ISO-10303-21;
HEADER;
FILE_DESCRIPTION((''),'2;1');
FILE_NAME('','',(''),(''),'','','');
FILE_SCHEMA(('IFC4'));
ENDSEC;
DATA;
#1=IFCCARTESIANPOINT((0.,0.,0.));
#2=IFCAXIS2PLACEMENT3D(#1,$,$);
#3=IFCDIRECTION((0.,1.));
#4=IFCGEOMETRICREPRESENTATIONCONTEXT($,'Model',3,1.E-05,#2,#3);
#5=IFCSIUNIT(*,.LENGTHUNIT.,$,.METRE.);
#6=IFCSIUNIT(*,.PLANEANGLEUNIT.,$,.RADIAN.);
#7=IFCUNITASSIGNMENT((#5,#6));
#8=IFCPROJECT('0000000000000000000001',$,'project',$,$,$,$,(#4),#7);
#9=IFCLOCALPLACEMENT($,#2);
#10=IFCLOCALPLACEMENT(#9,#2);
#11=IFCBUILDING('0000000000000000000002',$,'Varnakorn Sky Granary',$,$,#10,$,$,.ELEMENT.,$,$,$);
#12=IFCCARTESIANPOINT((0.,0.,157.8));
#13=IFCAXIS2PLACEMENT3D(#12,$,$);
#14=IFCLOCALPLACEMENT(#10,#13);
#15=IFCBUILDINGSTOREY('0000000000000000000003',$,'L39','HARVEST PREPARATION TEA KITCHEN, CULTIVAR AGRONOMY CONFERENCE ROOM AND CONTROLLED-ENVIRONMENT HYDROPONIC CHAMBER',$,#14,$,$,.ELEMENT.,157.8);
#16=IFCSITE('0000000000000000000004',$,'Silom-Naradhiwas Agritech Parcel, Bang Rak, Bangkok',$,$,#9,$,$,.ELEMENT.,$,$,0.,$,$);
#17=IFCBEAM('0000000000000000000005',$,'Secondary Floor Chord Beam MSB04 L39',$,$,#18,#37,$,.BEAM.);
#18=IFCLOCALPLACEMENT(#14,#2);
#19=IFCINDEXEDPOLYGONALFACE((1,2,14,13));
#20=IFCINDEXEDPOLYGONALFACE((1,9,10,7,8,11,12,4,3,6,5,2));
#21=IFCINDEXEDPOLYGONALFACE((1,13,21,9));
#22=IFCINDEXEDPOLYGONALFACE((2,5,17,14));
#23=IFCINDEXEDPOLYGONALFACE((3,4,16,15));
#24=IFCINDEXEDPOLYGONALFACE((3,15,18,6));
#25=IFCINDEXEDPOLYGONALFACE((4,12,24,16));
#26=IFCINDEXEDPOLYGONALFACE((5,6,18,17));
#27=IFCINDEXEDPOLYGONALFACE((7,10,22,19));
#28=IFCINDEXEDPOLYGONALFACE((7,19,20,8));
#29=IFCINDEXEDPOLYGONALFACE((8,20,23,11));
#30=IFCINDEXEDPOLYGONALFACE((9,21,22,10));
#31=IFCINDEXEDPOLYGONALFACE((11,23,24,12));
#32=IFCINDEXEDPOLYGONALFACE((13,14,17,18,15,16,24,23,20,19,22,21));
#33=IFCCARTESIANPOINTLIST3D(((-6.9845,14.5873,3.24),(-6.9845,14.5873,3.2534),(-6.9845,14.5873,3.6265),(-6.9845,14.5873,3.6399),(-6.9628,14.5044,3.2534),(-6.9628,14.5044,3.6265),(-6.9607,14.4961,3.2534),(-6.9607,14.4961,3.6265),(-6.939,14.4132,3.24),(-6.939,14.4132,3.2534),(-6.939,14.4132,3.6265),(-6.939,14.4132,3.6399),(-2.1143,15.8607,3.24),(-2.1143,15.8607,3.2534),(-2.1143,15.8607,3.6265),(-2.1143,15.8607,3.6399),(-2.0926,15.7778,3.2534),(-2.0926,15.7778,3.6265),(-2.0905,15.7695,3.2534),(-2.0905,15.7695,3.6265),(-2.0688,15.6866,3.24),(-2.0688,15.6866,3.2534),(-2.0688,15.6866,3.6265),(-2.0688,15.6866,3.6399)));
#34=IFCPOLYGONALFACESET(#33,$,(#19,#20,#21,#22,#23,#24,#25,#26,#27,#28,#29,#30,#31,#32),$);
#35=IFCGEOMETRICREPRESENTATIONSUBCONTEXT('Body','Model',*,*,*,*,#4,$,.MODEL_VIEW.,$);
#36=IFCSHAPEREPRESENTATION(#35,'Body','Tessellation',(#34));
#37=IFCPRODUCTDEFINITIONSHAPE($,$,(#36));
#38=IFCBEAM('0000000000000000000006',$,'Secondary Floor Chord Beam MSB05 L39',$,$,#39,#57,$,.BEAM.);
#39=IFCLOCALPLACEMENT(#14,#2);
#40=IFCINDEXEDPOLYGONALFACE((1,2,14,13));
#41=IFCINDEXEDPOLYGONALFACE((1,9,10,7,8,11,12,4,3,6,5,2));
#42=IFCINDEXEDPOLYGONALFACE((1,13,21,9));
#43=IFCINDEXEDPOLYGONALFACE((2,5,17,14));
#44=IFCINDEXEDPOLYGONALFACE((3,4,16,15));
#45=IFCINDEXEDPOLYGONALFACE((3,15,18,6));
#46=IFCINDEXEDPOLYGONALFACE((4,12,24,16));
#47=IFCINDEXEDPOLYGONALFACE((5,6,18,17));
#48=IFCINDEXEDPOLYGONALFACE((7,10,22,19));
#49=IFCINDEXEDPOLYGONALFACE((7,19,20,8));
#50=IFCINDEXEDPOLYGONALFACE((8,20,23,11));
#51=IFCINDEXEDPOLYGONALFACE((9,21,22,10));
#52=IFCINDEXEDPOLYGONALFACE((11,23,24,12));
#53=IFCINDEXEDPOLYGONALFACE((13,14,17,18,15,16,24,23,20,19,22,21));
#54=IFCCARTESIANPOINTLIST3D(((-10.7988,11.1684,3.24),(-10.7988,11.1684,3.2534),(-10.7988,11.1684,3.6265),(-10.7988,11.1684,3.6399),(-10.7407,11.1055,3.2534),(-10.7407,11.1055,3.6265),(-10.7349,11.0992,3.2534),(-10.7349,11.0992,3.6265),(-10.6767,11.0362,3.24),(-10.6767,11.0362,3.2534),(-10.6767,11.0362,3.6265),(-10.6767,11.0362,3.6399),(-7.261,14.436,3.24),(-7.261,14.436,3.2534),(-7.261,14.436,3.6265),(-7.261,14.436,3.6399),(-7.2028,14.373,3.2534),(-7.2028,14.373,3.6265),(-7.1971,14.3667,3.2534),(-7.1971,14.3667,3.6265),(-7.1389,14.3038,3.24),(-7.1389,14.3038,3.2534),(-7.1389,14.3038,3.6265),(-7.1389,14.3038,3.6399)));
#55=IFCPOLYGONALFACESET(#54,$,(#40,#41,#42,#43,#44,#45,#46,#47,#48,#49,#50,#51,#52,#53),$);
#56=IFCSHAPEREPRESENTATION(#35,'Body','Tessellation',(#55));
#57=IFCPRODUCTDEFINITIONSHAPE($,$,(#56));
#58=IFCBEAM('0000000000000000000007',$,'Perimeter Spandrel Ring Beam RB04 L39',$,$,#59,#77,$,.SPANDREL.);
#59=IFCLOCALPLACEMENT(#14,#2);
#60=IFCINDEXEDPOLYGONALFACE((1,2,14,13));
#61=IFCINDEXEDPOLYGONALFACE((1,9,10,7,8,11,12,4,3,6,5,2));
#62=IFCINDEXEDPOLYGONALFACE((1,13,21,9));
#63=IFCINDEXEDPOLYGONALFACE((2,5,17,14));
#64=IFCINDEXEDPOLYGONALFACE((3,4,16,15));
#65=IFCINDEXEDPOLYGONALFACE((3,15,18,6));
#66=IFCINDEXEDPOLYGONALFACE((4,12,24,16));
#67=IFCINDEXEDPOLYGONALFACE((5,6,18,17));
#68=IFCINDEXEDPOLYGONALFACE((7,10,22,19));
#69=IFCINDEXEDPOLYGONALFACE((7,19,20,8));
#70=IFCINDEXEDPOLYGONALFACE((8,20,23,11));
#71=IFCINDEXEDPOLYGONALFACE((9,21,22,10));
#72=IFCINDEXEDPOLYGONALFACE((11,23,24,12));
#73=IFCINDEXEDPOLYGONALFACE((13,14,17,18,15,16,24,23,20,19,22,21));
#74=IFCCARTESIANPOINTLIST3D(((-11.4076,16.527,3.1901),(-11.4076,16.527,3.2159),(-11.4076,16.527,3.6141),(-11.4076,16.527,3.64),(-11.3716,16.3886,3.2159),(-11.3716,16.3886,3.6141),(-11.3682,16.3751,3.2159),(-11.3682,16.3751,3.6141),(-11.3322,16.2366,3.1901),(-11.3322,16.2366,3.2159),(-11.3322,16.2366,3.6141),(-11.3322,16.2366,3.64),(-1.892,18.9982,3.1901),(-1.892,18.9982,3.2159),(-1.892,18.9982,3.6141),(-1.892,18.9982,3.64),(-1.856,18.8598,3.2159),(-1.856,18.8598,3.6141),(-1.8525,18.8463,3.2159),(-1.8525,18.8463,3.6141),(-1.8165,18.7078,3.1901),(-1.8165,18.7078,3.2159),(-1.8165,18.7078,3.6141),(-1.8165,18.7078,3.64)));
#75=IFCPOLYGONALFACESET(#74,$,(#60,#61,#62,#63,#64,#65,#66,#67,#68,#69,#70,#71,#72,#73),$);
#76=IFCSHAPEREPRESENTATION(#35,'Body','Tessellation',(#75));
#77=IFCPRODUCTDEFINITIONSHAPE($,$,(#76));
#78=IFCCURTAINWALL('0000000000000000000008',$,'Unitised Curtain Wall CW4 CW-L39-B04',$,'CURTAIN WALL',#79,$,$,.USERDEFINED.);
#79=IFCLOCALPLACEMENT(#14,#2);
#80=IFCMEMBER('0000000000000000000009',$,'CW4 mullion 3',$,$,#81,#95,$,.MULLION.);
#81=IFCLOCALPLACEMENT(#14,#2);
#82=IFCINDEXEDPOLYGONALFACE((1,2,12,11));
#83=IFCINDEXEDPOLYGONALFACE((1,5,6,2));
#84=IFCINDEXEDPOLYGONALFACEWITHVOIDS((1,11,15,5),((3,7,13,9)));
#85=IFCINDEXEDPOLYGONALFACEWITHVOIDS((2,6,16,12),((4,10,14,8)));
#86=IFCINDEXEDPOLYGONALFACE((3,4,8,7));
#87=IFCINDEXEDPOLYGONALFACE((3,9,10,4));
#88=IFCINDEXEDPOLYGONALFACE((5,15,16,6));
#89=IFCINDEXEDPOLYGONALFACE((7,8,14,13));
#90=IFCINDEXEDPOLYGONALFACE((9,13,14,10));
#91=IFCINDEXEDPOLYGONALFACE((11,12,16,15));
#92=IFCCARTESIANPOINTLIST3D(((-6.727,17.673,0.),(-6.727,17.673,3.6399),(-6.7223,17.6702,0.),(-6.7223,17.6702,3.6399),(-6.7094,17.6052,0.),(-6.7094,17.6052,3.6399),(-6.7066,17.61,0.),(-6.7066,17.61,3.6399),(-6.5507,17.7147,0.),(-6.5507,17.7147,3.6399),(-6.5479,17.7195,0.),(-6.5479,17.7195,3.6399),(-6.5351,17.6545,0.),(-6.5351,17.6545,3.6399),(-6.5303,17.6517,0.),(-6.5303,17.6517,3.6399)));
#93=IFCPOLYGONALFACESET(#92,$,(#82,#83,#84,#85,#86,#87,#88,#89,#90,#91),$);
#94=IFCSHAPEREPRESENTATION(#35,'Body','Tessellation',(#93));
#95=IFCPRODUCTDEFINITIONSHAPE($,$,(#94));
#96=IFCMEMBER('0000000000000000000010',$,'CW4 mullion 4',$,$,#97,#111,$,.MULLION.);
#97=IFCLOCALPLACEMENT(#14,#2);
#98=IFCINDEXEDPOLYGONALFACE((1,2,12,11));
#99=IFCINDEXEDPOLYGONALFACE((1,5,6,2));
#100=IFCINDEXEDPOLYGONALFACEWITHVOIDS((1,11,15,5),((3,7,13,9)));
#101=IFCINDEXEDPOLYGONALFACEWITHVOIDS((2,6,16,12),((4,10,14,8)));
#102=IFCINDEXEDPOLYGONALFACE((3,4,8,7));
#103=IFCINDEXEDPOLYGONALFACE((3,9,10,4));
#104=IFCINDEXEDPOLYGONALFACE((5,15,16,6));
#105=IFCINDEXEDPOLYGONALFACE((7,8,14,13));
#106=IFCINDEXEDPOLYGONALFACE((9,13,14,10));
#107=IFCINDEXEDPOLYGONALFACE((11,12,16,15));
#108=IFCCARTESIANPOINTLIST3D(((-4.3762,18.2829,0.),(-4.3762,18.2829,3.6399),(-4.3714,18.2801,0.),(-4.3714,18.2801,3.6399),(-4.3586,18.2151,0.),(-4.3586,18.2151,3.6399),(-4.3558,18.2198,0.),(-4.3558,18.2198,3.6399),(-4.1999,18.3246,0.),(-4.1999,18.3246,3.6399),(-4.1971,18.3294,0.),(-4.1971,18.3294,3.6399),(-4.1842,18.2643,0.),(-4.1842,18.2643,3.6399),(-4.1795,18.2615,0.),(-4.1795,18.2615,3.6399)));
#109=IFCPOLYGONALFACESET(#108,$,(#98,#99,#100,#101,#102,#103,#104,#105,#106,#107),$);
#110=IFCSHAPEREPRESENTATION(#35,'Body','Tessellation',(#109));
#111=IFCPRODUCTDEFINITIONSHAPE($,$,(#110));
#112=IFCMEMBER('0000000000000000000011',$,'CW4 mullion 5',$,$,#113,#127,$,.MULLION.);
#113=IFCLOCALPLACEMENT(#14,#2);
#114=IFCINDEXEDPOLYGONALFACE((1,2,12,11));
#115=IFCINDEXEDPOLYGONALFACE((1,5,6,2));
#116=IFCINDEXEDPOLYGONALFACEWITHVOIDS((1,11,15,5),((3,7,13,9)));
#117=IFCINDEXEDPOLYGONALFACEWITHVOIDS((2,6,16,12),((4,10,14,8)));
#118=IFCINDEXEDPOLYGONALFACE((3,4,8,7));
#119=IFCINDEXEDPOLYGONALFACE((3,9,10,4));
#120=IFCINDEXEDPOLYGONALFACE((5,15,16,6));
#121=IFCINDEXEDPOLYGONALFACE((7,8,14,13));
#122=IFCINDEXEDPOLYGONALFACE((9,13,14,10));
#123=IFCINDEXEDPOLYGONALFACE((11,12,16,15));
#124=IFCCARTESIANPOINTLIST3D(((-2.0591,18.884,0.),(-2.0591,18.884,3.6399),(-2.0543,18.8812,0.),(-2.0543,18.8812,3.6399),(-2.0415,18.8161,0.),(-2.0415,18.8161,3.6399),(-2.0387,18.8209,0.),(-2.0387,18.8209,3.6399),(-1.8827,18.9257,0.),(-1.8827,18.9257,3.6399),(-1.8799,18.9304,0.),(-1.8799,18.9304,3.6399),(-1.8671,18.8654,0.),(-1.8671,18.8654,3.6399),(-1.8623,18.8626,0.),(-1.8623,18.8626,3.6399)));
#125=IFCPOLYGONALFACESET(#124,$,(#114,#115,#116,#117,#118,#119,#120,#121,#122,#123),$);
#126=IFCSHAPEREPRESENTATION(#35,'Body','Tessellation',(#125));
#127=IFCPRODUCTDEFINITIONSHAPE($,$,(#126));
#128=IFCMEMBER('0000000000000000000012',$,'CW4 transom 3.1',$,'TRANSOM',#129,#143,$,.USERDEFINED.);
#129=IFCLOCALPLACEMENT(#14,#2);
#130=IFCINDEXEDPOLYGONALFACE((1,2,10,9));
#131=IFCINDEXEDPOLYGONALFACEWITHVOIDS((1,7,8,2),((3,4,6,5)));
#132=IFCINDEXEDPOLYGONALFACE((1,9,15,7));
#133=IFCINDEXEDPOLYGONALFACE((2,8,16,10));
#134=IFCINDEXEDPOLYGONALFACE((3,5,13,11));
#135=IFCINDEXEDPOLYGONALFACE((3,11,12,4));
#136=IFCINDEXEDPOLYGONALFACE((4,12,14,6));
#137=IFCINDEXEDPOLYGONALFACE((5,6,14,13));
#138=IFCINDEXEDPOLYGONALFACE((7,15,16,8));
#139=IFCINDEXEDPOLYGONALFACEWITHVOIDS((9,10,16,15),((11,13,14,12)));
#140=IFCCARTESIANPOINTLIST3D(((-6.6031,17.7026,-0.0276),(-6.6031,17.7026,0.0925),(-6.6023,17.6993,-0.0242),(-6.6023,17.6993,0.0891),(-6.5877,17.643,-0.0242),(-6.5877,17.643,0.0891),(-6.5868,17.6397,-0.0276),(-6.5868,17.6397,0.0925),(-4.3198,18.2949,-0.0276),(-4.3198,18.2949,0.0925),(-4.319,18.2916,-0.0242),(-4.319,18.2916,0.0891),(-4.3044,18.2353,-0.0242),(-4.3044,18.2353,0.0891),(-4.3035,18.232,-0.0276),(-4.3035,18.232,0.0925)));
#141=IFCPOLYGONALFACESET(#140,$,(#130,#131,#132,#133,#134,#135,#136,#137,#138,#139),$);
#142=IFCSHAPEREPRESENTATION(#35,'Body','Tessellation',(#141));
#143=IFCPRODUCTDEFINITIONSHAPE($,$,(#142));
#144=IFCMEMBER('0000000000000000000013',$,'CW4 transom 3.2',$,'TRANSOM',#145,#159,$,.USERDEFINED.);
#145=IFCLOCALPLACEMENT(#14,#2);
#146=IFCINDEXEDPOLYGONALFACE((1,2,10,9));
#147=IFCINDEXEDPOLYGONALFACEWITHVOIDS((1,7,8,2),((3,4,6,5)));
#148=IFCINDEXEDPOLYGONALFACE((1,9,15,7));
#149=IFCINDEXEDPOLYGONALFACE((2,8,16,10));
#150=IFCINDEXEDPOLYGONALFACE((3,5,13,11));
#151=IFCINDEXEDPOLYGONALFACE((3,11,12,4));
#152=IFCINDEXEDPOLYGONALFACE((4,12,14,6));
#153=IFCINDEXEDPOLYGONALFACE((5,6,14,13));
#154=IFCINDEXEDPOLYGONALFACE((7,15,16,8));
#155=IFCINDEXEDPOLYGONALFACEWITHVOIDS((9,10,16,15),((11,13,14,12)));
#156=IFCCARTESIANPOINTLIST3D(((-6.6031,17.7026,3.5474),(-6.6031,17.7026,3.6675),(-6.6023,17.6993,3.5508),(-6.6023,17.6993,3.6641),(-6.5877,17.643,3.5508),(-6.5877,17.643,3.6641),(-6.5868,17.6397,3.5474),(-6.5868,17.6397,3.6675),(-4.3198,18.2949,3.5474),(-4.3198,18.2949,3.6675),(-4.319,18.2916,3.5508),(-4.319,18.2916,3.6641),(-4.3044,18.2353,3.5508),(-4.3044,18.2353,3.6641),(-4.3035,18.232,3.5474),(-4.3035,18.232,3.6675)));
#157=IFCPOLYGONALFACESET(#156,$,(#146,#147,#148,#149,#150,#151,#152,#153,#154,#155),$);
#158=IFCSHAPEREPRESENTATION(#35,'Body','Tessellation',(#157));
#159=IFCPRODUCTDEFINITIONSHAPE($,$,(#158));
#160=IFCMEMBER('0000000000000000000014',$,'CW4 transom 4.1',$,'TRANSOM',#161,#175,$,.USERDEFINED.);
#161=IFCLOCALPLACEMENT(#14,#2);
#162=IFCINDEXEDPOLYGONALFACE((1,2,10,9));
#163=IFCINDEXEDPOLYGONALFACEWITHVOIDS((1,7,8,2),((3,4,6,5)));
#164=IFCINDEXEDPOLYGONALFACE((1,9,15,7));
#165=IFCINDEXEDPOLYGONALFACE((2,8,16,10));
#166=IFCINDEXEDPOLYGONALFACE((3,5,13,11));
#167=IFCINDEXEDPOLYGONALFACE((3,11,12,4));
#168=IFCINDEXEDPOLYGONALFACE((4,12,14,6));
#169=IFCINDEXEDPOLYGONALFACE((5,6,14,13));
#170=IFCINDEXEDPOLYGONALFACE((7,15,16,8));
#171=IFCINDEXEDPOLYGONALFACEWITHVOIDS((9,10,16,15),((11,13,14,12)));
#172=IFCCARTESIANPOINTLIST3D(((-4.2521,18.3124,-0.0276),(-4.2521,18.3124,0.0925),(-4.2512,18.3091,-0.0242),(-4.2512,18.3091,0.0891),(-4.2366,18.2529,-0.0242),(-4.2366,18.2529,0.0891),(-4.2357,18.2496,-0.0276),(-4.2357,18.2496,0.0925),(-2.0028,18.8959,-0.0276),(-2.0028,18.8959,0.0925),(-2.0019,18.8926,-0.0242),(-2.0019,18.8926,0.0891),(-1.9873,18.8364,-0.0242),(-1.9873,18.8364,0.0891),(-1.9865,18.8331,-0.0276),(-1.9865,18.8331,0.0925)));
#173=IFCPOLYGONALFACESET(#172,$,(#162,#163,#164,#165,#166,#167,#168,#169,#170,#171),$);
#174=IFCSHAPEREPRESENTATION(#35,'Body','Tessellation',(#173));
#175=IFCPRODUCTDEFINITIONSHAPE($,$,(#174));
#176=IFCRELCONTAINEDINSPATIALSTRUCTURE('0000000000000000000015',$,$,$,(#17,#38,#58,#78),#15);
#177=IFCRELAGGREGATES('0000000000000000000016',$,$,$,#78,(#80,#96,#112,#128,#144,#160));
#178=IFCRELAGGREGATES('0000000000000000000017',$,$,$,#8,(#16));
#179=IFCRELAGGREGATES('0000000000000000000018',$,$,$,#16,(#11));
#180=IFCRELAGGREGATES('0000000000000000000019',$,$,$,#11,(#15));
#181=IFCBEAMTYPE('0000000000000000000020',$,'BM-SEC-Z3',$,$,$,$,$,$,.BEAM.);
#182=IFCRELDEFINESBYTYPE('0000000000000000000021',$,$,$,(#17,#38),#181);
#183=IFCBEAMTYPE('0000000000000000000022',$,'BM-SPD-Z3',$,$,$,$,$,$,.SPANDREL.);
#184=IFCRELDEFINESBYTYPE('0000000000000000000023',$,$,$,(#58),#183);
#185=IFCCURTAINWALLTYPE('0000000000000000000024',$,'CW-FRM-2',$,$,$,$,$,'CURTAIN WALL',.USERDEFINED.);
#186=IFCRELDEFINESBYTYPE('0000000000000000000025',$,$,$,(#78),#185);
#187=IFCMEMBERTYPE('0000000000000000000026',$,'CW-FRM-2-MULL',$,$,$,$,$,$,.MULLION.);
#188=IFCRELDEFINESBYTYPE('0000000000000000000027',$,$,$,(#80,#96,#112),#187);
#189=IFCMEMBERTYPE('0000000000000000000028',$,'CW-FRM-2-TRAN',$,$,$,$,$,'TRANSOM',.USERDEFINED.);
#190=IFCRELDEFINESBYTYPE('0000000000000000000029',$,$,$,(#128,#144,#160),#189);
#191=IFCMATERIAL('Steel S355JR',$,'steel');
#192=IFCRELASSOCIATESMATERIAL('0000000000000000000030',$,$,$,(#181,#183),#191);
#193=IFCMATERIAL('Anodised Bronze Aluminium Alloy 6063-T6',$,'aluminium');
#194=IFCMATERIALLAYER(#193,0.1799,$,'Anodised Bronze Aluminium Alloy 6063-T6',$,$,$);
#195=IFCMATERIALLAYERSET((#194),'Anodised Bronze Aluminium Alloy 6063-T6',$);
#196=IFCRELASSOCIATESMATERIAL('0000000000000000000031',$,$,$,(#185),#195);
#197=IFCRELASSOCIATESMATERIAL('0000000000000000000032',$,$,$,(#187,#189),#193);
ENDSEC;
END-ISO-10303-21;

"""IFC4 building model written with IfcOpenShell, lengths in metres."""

from ifc_helpers import new_model, si_unit, direction, frame, origin, origin_2d, place, context, subcontext, project, spatial, hollow_rectangle, i_section, extrude, material, layer, layer_set, material_profile, profile_set, type_object, element, aggregate, save


model = new_model("IFC4")

# Units and contexts
model_context = context("Model", 3, precision=1e-05, world=origin(), true_north=direction((0.0, 1.0)))
body_context = subcontext(model_context, "Body", "Model", "MODEL_VIEW")
ifc_project = project(units=[si_unit("LENGTHUNIT", "METRE"), si_unit("PLANEANGLEUNIT", "RADIAN")], contexts=[model_context])

# Site, building, storey
site_placement = place(None, origin())
site = spatial("IfcSite", under=ifc_project, at=site_placement, Name="Silom-Naradhiwas Agritech Parcel, Bang Rak, Bangkok", CompositionType="ELEMENT", RefElevation=0.0)
building_placement = place(site_placement, origin())
building = spatial("IfcBuilding", under=site, at=building_placement, Name="Varnakorn Sky Granary", CompositionType="ELEMENT")
storey_placement = place(building_placement, frame((0.0, 0.0, 157.8)))
storey = spatial("IfcBuildingStorey", under=building, at=storey_placement, Name="L39", Description="HARVEST PREPARATION TEA KITCHEN, CULTIVAR AGRONOMY CONFERENCE ROOM AND CONTROLLED-ENVIRONMENT HYDROPONIC CHAMBER", CompositionType="ELEMENT", Elevation=157.8)

# Beams
ifc_material_1 = material(Name="Steel S355JR", Category="steel")
ifc_material_profile_1 = material_profile(ifc_material_1, i_section(OverallWidth=0.1799, OverallDepth=0.3999, WebThickness=0.0085, FlangeThickness=0.0134, at=origin_2d()), Name="IPE 400")
ifc_profile_set_1 = profile_set([ifc_material_profile_1], Name="Steel S355JR")
beam_type_1 = type_object("IfcBeamType", Name="BM-SEC-Z3", PredefinedType="BEAM", material=ifc_profile_set_1)
beam_1_placement = place(storey_placement, frame((-2.0916, 15.7737, 3.4399), z_axis=(-0.967473, -0.252975, 0.0), x_axis=(0.252975, -0.967473, 0.0)))
element("IfcBeam", 1, at=beam_1_placement, inside=storey, type_object=beam_type_1, Name="Secondary Floor Chord Beam MSB04 L39", PredefinedType="BEAM", context=body_context, shape_type="SweptSolid", body=[
    extrude(i_section(OverallWidth=0.1799, OverallDepth=0.3999, WebThickness=0.0085, FlangeThickness=0.0134, at=origin_2d()), origin(), (0.0, 0.0, 1.0), 5.0339),
])
beam_2_placement = place(storey_placement, frame((-7.2, 14.3699, 3.4399), z_axis=(-0.734609, -0.678491, 0.0), x_axis=(0.678491, -0.734609, 0.0)))
element("IfcBeam", 2, at=beam_2_placement, inside=storey, type_object=beam_type_1, Name="Secondary Floor Chord Beam MSB05 L39", PredefinedType="BEAM", context=body_context, shape_type="SweptSolid", body=[
    extrude(i_section(OverallWidth=0.1799, OverallDepth=0.3999, WebThickness=0.0085, FlangeThickness=0.0134, at=origin_2d()), origin(), (0.0, 0.0, 1.0), 4.8159),
])
ifc_material_profile_2 = material_profile(ifc_material_1, i_section(OverallWidth=0.3, OverallDepth=0.45, WebThickness=0.0139, FlangeThickness=0.0259, at=origin_2d()), Name="HE 450 B")
ifc_profile_set_2 = profile_set([ifc_material_profile_2], Name="Steel S355JR")
beam_type_2 = type_object("IfcBeamType", Name="BM-SPD-Z3", PredefinedType="SPANDREL", material=ifc_profile_set_2)
beam_3_placement = place(storey_placement, frame((-1.8542, 18.853, 3.415), z_axis=(-0.967894, -0.25136, 0.0), x_axis=(0.25136, -0.967894, 0.0)))
element("IfcBeam", 3, at=beam_3_placement, inside=storey, type_object=beam_type_2, Name="Perimeter Spandrel Ring Beam RB04 L39", PredefinedType="SPANDREL", context=body_context, shape_type="SweptSolid", body=[
    extrude(i_section(OverallWidth=0.3, OverallDepth=0.45, WebThickness=0.0139, FlangeThickness=0.0259, at=origin_2d()), origin(), (0.0, 0.0, 1.0), 9.8313),
])

# Curtain wall, members
ifc_material_2 = material(Name="Anodised Bronze Aluminium Alloy 6063-T6", Category="aluminium")
ifc_layer_1 = layer(ifc_material_2, 0.1799, Name="Anodised Bronze Aluminium Alloy 6063-T6")
ifc_layer_set_1 = layer_set([ifc_layer_1], Name="Anodised Bronze Aluminium Alloy 6063-T6")
curtain_wall_type = type_object("IfcCurtainWallType", Name="CW-FRM-2", ElementType="CURTAIN WALL", PredefinedType="USERDEFINED", material=ifc_layer_set_1)
curtain_wall_placement = place(storey_placement, origin())
curtain_wall = element("IfcCurtainWall", 4, at=curtain_wall_placement, inside=storey, type_object=curtain_wall_type, Name="Unitised Curtain Wall CW4 CW-L39-B04", ObjectType="CURTAIN WALL", PredefinedType="USERDEFINED")
ifc_material_profile_3 = material_profile(ifc_material_2, hollow_rectangle(XDim=0.0701, YDim=0.1851, WallThickness=0.0039, at=origin_2d()), Name="ALU MULL 70x185")
ifc_profile_set_3 = profile_set([ifc_material_profile_3], Name="Anodised Bronze Aluminium Alloy 6063-T6")
member_type_1 = type_object("IfcMemberType", Name="CW-FRM-2-MULL", PredefinedType="MULLION", material=ifc_profile_set_3)
member_1_placement = place(storey_placement, frame((-6.6287, 17.6624, 0.0), z_axis=(0.0, 0.0, 1.0), x_axis=(-0.251146, 0.967949, 0.0)))
member_1 = element("IfcMember", 5, at=member_1_placement, type_object=member_type_1, Name="CW4 mullion 3", PredefinedType="MULLION", context=body_context, shape_type="SweptSolid", body=[
    extrude(hollow_rectangle(XDim=0.0701, YDim=0.1851, WallThickness=0.0039, at=origin_2d()), origin(), (0.0, 0.0, 1.0), 3.6399),
])
member_2_placement = place(storey_placement, frame((-4.2778, 18.2722, 0.0), z_axis=(0.0, 0.0, 1.0), x_axis=(-0.251146, 0.967949, 0.0)))
member_2 = element("IfcMember", 6, at=member_2_placement, type_object=member_type_1, Name="CW4 mullion 4", PredefinedType="MULLION", context=body_context, shape_type="SweptSolid", body=[
    extrude(hollow_rectangle(XDim=0.0701, YDim=0.1851, WallThickness=0.0039, at=origin_2d()), origin(), (0.0, 0.0, 1.0), 3.6399),
])
member_3_placement = place(storey_placement, frame((-1.9607, 18.8733, 0.0), z_axis=(0.0, 0.0, 1.0), x_axis=(-0.251146, 0.967949, 0.0)))
member_3 = element("IfcMember", 7, at=member_3_placement, type_object=member_type_1, Name="CW4 mullion 5", PredefinedType="MULLION", context=body_context, shape_type="SweptSolid", body=[
    extrude(hollow_rectangle(XDim=0.0701, YDim=0.1851, WallThickness=0.0039, at=origin_2d()), origin(), (0.0, 0.0, 1.0), 3.6399),
])
ifc_material_profile_4 = material_profile(ifc_material_2, hollow_rectangle(XDim=0.0649, YDim=0.1201, WallThickness=0.0034, at=origin_2d()), Name="ALU TRAN 65x120")
ifc_profile_set_4 = profile_set([ifc_material_profile_4], Name="Anodised Bronze Aluminium Alloy 6063-T6")
member_type_2 = type_object("IfcMemberType", Name="CW-FRM-2-TRAN", ElementType="TRANSOM", PredefinedType="USERDEFINED", material=ifc_profile_set_4)
member_4_placement = place(storey_placement, frame((-6.595, 17.6711, 0.0325), z_axis=(0.967962, 0.251099, 0.0), x_axis=(-0.251099, 0.967962, 0.0)))
member_4 = element("IfcMember", 8, at=member_4_placement, type_object=member_type_2, Name="CW4 transom 3.1", ObjectType="TRANSOM", PredefinedType="USERDEFINED", context=body_context, shape_type="SweptSolid", body=[
    extrude(hollow_rectangle(XDim=0.0649, YDim=0.1201, WallThickness=0.0034, at=origin_2d()), origin(), (0.0, 0.0, 1.0), 2.3589),
])
member_5_placement = place(storey_placement, frame((-6.595, 17.6711, 3.6074), z_axis=(0.967962, 0.251099, 0.0), x_axis=(-0.251099, 0.967962, 0.0)))
member_5 = element("IfcMember", 9, at=member_5_placement, type_object=member_type_2, Name="CW4 transom 3.2", ObjectType="TRANSOM", PredefinedType="USERDEFINED", context=body_context, shape_type="SweptSolid", body=[
    extrude(hollow_rectangle(XDim=0.0649, YDim=0.1201, WallThickness=0.0034, at=origin_2d()), origin(), (0.0, 0.0, 1.0), 2.3589),
])
member_6_placement = place(storey_placement, frame((-4.2439, 18.281, 0.0325), z_axis=(0.96796, 0.251104, 0.0), x_axis=(-0.251104, 0.96796, 0.0)))
member_6 = element("IfcMember", 10, at=member_6_placement, type_object=member_type_2, Name="CW4 transom 4.1", ObjectType="TRANSOM", PredefinedType="USERDEFINED", context=body_context, shape_type="SweptSolid", body=[
    extrude(hollow_rectangle(XDim=0.0649, YDim=0.1201, WallThickness=0.0034, at=origin_2d()), origin(), (0.0, 0.0, 1.0), 2.3237),
])
aggregate(curtain_wall, [member_1, member_2, member_3, member_4, member_5, member_6])

save(model, "model.ifc")
